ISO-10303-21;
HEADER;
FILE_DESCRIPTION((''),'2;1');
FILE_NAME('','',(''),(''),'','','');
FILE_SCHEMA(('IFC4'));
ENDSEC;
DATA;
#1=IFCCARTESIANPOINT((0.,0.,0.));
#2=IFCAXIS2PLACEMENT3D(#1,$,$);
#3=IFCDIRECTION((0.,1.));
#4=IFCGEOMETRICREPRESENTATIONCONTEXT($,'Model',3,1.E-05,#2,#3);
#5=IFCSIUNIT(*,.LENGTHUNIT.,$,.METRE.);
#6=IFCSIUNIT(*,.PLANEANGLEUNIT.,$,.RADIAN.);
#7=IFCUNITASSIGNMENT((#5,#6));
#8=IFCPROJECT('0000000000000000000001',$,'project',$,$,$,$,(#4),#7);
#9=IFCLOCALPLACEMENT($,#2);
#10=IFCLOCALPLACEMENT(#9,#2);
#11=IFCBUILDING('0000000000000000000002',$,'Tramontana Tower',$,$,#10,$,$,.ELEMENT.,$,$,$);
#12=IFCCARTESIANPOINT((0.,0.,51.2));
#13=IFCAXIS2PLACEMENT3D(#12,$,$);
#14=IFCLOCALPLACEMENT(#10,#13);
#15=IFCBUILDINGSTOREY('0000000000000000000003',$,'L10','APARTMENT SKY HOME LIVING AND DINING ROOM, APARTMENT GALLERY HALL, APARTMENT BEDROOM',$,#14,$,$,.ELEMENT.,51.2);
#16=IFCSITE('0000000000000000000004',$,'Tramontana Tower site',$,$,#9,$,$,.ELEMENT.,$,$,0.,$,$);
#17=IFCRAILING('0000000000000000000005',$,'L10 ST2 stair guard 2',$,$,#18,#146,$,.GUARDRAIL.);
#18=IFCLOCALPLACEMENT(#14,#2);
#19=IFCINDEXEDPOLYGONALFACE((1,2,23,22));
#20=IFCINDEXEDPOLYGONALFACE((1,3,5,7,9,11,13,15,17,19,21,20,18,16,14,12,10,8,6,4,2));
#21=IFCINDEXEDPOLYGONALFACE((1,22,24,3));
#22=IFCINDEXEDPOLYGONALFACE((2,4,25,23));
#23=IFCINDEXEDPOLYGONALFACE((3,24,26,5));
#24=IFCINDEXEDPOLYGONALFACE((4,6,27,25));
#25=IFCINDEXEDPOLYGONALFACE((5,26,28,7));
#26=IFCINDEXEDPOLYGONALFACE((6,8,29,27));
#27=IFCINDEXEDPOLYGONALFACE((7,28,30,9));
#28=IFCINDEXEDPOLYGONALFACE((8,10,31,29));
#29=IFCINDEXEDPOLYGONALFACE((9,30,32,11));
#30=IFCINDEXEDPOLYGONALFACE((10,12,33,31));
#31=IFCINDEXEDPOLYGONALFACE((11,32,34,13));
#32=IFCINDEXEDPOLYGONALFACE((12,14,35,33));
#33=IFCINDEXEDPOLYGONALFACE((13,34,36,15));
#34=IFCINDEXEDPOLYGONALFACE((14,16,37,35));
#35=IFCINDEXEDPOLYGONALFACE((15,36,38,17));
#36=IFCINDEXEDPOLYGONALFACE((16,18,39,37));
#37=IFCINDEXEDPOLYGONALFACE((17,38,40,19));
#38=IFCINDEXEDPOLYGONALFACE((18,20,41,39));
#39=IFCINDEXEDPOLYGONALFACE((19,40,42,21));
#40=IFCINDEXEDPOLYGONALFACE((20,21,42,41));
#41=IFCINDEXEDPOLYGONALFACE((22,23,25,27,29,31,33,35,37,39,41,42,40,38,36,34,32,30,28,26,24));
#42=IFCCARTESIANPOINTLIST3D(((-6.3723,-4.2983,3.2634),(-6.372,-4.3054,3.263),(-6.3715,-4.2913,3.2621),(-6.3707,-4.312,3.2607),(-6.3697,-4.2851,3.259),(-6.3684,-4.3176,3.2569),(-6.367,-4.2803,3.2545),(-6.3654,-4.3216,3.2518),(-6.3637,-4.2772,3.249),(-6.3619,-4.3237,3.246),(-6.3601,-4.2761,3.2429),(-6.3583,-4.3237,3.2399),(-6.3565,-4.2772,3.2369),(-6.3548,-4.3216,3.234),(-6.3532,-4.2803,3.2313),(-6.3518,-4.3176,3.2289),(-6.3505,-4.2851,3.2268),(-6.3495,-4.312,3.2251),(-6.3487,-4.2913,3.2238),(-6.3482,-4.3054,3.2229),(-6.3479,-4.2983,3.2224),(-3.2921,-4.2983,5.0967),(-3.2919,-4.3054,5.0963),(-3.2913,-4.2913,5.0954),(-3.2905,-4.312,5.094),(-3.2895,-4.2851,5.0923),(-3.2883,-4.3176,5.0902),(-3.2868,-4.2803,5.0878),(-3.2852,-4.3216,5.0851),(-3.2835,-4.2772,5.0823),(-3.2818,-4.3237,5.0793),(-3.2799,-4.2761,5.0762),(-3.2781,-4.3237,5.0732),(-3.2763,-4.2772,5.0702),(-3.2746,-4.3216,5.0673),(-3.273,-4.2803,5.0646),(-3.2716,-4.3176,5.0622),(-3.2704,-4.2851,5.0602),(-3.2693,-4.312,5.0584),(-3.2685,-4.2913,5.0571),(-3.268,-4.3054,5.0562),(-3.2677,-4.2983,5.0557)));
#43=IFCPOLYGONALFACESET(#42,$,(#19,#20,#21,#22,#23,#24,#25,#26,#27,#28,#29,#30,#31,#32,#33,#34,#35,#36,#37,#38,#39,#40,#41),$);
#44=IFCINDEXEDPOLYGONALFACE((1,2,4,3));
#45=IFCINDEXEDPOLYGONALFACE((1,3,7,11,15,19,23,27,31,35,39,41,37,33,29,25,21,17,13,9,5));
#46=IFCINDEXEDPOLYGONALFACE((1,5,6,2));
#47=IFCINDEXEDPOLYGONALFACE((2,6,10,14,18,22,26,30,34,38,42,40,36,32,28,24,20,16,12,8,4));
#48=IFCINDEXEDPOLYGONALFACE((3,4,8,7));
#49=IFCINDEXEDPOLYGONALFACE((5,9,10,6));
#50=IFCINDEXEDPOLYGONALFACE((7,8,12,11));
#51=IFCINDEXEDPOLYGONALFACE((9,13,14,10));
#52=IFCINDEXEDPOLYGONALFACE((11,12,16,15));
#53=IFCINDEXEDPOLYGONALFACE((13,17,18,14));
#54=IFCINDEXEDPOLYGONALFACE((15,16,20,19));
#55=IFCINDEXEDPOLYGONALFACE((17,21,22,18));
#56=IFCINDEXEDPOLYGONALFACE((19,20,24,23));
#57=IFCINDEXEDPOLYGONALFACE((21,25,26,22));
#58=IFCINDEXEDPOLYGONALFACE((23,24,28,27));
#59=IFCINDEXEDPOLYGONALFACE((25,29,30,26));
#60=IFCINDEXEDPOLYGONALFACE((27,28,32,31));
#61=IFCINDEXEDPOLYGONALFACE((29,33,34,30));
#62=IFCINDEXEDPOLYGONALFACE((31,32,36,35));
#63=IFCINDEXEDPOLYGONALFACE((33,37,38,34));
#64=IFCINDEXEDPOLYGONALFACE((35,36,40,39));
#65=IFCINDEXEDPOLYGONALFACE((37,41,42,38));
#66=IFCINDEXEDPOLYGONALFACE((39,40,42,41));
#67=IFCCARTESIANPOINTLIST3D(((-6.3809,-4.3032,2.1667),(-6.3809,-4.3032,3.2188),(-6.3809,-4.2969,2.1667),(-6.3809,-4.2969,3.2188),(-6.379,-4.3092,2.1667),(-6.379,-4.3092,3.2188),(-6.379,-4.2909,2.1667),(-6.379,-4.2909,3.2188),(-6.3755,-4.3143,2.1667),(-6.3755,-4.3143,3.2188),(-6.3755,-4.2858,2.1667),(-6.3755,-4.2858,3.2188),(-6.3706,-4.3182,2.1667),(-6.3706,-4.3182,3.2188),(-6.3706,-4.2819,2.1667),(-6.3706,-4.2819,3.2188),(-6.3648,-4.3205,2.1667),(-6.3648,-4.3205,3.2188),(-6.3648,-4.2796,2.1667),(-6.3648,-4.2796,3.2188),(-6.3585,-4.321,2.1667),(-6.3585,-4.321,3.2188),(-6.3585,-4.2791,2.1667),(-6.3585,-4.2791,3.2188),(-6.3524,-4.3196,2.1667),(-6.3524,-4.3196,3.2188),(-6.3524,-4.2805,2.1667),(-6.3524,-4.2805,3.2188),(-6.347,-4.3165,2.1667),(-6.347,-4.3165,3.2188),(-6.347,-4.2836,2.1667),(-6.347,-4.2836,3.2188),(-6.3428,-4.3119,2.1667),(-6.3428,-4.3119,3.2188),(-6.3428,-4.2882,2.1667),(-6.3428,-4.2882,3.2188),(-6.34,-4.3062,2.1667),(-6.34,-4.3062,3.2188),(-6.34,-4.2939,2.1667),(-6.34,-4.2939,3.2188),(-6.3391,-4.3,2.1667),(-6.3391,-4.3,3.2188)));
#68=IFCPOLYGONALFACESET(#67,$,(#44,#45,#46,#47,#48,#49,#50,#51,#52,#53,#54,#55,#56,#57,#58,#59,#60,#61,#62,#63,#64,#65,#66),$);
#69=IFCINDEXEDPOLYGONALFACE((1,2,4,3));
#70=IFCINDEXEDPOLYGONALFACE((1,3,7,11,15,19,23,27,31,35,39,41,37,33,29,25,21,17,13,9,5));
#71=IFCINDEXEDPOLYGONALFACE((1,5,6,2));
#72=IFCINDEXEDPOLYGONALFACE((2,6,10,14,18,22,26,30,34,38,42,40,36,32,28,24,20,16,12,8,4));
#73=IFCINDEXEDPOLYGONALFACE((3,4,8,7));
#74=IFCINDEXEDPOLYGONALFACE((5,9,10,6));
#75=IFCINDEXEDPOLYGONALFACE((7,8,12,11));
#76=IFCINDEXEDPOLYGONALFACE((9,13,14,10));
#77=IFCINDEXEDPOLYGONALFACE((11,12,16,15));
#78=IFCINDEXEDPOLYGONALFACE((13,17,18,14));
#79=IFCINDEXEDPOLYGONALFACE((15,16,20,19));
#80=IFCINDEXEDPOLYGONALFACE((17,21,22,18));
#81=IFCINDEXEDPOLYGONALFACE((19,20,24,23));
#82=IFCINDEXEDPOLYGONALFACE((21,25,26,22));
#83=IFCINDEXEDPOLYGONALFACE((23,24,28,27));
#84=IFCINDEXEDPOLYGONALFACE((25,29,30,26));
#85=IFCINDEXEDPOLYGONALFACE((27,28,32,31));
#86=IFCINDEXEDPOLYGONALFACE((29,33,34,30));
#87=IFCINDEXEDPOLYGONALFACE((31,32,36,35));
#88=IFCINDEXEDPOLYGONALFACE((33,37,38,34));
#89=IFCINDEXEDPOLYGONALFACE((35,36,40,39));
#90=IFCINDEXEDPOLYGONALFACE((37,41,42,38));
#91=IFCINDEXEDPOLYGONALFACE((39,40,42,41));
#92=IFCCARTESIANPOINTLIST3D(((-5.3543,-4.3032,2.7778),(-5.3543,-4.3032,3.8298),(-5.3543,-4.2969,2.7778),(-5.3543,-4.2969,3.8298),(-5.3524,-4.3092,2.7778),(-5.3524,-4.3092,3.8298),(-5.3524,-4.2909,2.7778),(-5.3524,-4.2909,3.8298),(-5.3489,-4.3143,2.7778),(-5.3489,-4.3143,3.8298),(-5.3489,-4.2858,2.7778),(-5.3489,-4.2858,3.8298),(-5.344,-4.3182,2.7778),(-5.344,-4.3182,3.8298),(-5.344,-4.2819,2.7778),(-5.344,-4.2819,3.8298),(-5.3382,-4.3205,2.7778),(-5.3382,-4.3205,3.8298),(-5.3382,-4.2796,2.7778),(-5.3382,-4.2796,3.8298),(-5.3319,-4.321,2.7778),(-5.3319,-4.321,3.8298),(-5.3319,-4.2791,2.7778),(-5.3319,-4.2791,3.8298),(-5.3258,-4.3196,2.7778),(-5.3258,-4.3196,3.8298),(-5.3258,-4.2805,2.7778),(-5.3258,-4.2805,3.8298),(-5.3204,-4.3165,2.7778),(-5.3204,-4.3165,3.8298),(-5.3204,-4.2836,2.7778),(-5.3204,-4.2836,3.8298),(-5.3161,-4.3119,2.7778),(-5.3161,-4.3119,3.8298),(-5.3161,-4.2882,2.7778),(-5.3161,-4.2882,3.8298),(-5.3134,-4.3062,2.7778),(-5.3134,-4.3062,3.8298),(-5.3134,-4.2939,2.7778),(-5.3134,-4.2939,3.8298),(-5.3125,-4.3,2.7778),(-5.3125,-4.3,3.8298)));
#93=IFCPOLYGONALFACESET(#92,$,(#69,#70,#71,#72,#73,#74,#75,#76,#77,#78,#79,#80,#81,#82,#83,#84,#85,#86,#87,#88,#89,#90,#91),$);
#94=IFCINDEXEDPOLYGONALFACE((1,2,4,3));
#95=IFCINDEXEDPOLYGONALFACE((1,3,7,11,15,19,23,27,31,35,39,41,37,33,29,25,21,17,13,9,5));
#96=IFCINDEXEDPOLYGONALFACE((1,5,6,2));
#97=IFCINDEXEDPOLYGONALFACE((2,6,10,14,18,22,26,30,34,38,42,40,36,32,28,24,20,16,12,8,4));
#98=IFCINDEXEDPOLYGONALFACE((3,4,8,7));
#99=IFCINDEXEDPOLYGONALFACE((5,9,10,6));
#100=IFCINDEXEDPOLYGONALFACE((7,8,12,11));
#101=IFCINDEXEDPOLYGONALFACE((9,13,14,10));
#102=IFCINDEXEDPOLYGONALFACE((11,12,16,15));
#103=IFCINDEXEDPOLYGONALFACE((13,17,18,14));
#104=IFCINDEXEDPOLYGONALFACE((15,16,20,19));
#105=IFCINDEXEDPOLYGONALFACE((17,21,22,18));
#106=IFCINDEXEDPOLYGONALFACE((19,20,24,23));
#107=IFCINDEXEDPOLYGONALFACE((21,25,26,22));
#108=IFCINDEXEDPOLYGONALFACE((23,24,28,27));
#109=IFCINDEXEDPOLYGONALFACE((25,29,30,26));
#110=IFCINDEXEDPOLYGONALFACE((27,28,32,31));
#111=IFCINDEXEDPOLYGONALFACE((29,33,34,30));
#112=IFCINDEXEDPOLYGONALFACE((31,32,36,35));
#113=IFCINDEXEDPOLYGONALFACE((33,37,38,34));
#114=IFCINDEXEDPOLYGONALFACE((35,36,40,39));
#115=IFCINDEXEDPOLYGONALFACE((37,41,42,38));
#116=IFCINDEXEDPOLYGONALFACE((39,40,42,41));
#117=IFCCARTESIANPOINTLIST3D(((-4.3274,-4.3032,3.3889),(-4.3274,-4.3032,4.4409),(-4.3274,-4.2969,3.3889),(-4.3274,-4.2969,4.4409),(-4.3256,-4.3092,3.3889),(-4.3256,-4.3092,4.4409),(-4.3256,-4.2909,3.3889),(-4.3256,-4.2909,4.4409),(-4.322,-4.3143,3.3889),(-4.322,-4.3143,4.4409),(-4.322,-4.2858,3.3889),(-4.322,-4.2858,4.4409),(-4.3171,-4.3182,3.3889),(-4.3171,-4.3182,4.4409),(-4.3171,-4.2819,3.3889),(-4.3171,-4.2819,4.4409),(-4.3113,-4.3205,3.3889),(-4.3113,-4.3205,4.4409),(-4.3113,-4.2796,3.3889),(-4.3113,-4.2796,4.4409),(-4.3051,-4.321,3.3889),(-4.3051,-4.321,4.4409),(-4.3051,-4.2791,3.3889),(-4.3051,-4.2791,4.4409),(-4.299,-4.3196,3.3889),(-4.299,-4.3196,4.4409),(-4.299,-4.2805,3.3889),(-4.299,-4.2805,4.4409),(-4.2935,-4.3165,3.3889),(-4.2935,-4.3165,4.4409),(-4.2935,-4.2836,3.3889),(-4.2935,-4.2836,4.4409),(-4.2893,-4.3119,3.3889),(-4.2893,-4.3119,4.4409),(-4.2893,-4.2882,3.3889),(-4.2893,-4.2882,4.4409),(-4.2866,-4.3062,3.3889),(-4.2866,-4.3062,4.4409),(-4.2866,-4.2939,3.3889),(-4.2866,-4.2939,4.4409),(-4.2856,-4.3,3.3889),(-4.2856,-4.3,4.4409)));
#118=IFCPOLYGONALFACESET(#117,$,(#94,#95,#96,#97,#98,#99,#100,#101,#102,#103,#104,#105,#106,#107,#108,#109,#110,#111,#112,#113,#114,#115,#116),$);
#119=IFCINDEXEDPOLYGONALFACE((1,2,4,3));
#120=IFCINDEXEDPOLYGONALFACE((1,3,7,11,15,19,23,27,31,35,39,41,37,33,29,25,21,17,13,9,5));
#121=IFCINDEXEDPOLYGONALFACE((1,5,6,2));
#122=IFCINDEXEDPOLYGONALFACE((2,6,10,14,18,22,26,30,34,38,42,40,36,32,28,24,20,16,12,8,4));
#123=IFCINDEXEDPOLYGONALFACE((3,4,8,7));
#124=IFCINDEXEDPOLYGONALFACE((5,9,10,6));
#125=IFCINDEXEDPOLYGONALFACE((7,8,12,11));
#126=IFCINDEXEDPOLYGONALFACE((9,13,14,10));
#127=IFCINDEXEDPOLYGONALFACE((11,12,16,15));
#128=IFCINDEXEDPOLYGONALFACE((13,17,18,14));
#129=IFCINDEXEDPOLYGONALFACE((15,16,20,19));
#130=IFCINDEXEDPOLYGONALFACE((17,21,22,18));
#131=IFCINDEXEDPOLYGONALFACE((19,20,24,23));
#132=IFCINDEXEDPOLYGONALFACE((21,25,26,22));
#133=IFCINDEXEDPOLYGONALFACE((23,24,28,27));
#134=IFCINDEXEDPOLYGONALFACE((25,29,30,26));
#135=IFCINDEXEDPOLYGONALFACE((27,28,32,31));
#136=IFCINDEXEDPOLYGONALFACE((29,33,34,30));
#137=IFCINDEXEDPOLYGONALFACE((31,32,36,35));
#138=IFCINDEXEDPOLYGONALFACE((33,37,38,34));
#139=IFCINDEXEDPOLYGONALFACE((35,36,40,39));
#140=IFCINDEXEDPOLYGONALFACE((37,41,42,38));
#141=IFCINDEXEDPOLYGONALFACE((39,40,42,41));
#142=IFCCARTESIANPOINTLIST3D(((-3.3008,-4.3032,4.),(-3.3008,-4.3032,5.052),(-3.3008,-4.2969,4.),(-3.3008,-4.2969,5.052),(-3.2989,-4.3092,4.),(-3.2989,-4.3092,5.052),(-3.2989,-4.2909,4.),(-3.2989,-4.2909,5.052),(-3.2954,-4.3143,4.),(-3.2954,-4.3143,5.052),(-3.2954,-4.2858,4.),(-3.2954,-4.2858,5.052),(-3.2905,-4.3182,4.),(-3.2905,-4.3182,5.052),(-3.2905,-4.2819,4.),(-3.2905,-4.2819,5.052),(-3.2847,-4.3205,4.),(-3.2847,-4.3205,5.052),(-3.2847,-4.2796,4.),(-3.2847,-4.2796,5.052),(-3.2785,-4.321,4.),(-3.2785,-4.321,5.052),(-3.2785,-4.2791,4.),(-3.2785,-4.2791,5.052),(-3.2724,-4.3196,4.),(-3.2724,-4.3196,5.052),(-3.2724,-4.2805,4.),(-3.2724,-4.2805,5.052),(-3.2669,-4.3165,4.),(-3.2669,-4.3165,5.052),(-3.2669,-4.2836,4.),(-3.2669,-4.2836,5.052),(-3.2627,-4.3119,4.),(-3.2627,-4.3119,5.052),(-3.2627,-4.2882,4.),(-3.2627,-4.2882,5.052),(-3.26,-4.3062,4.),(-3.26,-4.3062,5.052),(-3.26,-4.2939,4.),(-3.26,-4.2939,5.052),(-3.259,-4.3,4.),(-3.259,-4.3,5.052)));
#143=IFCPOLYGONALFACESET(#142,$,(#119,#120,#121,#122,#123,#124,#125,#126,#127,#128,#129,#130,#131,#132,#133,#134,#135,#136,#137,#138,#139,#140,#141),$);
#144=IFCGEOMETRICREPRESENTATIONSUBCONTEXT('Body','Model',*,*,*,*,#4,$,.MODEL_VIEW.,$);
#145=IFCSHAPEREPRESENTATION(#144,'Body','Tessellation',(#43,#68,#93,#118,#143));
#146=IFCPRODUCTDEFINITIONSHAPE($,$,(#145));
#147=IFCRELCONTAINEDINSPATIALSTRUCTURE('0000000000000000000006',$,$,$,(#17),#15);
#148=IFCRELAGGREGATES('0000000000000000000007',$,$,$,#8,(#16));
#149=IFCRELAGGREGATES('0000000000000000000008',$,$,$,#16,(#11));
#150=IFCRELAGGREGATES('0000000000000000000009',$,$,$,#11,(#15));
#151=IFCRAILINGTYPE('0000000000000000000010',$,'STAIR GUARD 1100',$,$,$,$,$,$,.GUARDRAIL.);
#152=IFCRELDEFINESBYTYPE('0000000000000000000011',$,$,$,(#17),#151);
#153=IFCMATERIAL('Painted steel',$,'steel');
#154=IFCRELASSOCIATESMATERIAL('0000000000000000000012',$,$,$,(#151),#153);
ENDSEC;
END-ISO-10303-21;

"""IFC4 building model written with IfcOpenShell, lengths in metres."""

from ifc_helpers import new_model, si_unit, direction, frame, origin, origin_2d, place, context, subcontext, project, spatial, circle, extrude, material, type_object, element, save


model = new_model("IFC4")

# Units and contexts
model_context = context("Model", 3, precision=1e-05, world=origin(), true_north=direction((0.0, 1.0)))
body_context = subcontext(model_context, "Body", "Model", "MODEL_VIEW")
ifc_project = project(units=[si_unit("LENGTHUNIT", "METRE"), si_unit("PLANEANGLEUNIT", "RADIAN")], contexts=[model_context])

# Site, building, storey
site_placement = place(None, origin())
site = spatial("IfcSite", under=ifc_project, at=site_placement, Name="Tramontana Tower site", CompositionType="ELEMENT", RefElevation=0.0)
building_placement = place(site_placement, origin())
building = spatial("IfcBuilding", under=site, at=building_placement, Name="Tramontana Tower", CompositionType="ELEMENT")
storey_placement = place(building_placement, frame((0.0, 0.0, 51.2)))
storey = spatial("IfcBuildingStorey", under=building, at=storey_placement, Name="L10", Description="APARTMENT SKY HOME LIVING AND DINING ROOM, APARTMENT GALLERY HALL, APARTMENT BEDROOM", CompositionType="ELEMENT", Elevation=51.2)

# Railing
ifc_material_1 = material(Name="Painted steel", Category="steel")
railing_type_1 = type_object("IfcRailingType", Name="STAIR GUARD 1100", PredefinedType="GUARDRAIL", material=ifc_material_1)
railing_1_placement = place(storey_placement, frame((-6.3601, -4.3, 2.1667)))
element("IfcRailing", 1, at=railing_1_placement, inside=storey, type_object=railing_type_1, Name="L10 ST2 stair guard 2", PredefinedType="GUARDRAIL", context=body_context, shape_type="SweptSolid", body=[
    extrude(circle(Radius=0.0239, at=origin_2d()), frame((0.0, 0.0, 1.0762), z_axis=(0.859309, 0.0, 0.511458), x_axis=(0.0, 1.0, 0.0)), (0.0, 0.0, 1.0), 3.5845),
    extrude(circle(Radius=0.021, at=origin_2d()), origin(), (0.0, 0.0, 1.0), 1.052),
    extrude(circle(Radius=0.021, at=origin_2d()), frame((1.0266, 0.0, 0.6111)), (0.0, 0.0, 1.0), 1.052),
    extrude(circle(Radius=0.021, at=origin_2d()), frame((2.0535, 0.0, 1.2222)), (0.0, 0.0, 1.0), 1.052),
    extrude(circle(Radius=0.021, at=origin_2d()), frame((3.0801, 0.0, 1.8333)), (0.0, 0.0, 1.0), 1.052),
])

save(model, "model.ifc")
